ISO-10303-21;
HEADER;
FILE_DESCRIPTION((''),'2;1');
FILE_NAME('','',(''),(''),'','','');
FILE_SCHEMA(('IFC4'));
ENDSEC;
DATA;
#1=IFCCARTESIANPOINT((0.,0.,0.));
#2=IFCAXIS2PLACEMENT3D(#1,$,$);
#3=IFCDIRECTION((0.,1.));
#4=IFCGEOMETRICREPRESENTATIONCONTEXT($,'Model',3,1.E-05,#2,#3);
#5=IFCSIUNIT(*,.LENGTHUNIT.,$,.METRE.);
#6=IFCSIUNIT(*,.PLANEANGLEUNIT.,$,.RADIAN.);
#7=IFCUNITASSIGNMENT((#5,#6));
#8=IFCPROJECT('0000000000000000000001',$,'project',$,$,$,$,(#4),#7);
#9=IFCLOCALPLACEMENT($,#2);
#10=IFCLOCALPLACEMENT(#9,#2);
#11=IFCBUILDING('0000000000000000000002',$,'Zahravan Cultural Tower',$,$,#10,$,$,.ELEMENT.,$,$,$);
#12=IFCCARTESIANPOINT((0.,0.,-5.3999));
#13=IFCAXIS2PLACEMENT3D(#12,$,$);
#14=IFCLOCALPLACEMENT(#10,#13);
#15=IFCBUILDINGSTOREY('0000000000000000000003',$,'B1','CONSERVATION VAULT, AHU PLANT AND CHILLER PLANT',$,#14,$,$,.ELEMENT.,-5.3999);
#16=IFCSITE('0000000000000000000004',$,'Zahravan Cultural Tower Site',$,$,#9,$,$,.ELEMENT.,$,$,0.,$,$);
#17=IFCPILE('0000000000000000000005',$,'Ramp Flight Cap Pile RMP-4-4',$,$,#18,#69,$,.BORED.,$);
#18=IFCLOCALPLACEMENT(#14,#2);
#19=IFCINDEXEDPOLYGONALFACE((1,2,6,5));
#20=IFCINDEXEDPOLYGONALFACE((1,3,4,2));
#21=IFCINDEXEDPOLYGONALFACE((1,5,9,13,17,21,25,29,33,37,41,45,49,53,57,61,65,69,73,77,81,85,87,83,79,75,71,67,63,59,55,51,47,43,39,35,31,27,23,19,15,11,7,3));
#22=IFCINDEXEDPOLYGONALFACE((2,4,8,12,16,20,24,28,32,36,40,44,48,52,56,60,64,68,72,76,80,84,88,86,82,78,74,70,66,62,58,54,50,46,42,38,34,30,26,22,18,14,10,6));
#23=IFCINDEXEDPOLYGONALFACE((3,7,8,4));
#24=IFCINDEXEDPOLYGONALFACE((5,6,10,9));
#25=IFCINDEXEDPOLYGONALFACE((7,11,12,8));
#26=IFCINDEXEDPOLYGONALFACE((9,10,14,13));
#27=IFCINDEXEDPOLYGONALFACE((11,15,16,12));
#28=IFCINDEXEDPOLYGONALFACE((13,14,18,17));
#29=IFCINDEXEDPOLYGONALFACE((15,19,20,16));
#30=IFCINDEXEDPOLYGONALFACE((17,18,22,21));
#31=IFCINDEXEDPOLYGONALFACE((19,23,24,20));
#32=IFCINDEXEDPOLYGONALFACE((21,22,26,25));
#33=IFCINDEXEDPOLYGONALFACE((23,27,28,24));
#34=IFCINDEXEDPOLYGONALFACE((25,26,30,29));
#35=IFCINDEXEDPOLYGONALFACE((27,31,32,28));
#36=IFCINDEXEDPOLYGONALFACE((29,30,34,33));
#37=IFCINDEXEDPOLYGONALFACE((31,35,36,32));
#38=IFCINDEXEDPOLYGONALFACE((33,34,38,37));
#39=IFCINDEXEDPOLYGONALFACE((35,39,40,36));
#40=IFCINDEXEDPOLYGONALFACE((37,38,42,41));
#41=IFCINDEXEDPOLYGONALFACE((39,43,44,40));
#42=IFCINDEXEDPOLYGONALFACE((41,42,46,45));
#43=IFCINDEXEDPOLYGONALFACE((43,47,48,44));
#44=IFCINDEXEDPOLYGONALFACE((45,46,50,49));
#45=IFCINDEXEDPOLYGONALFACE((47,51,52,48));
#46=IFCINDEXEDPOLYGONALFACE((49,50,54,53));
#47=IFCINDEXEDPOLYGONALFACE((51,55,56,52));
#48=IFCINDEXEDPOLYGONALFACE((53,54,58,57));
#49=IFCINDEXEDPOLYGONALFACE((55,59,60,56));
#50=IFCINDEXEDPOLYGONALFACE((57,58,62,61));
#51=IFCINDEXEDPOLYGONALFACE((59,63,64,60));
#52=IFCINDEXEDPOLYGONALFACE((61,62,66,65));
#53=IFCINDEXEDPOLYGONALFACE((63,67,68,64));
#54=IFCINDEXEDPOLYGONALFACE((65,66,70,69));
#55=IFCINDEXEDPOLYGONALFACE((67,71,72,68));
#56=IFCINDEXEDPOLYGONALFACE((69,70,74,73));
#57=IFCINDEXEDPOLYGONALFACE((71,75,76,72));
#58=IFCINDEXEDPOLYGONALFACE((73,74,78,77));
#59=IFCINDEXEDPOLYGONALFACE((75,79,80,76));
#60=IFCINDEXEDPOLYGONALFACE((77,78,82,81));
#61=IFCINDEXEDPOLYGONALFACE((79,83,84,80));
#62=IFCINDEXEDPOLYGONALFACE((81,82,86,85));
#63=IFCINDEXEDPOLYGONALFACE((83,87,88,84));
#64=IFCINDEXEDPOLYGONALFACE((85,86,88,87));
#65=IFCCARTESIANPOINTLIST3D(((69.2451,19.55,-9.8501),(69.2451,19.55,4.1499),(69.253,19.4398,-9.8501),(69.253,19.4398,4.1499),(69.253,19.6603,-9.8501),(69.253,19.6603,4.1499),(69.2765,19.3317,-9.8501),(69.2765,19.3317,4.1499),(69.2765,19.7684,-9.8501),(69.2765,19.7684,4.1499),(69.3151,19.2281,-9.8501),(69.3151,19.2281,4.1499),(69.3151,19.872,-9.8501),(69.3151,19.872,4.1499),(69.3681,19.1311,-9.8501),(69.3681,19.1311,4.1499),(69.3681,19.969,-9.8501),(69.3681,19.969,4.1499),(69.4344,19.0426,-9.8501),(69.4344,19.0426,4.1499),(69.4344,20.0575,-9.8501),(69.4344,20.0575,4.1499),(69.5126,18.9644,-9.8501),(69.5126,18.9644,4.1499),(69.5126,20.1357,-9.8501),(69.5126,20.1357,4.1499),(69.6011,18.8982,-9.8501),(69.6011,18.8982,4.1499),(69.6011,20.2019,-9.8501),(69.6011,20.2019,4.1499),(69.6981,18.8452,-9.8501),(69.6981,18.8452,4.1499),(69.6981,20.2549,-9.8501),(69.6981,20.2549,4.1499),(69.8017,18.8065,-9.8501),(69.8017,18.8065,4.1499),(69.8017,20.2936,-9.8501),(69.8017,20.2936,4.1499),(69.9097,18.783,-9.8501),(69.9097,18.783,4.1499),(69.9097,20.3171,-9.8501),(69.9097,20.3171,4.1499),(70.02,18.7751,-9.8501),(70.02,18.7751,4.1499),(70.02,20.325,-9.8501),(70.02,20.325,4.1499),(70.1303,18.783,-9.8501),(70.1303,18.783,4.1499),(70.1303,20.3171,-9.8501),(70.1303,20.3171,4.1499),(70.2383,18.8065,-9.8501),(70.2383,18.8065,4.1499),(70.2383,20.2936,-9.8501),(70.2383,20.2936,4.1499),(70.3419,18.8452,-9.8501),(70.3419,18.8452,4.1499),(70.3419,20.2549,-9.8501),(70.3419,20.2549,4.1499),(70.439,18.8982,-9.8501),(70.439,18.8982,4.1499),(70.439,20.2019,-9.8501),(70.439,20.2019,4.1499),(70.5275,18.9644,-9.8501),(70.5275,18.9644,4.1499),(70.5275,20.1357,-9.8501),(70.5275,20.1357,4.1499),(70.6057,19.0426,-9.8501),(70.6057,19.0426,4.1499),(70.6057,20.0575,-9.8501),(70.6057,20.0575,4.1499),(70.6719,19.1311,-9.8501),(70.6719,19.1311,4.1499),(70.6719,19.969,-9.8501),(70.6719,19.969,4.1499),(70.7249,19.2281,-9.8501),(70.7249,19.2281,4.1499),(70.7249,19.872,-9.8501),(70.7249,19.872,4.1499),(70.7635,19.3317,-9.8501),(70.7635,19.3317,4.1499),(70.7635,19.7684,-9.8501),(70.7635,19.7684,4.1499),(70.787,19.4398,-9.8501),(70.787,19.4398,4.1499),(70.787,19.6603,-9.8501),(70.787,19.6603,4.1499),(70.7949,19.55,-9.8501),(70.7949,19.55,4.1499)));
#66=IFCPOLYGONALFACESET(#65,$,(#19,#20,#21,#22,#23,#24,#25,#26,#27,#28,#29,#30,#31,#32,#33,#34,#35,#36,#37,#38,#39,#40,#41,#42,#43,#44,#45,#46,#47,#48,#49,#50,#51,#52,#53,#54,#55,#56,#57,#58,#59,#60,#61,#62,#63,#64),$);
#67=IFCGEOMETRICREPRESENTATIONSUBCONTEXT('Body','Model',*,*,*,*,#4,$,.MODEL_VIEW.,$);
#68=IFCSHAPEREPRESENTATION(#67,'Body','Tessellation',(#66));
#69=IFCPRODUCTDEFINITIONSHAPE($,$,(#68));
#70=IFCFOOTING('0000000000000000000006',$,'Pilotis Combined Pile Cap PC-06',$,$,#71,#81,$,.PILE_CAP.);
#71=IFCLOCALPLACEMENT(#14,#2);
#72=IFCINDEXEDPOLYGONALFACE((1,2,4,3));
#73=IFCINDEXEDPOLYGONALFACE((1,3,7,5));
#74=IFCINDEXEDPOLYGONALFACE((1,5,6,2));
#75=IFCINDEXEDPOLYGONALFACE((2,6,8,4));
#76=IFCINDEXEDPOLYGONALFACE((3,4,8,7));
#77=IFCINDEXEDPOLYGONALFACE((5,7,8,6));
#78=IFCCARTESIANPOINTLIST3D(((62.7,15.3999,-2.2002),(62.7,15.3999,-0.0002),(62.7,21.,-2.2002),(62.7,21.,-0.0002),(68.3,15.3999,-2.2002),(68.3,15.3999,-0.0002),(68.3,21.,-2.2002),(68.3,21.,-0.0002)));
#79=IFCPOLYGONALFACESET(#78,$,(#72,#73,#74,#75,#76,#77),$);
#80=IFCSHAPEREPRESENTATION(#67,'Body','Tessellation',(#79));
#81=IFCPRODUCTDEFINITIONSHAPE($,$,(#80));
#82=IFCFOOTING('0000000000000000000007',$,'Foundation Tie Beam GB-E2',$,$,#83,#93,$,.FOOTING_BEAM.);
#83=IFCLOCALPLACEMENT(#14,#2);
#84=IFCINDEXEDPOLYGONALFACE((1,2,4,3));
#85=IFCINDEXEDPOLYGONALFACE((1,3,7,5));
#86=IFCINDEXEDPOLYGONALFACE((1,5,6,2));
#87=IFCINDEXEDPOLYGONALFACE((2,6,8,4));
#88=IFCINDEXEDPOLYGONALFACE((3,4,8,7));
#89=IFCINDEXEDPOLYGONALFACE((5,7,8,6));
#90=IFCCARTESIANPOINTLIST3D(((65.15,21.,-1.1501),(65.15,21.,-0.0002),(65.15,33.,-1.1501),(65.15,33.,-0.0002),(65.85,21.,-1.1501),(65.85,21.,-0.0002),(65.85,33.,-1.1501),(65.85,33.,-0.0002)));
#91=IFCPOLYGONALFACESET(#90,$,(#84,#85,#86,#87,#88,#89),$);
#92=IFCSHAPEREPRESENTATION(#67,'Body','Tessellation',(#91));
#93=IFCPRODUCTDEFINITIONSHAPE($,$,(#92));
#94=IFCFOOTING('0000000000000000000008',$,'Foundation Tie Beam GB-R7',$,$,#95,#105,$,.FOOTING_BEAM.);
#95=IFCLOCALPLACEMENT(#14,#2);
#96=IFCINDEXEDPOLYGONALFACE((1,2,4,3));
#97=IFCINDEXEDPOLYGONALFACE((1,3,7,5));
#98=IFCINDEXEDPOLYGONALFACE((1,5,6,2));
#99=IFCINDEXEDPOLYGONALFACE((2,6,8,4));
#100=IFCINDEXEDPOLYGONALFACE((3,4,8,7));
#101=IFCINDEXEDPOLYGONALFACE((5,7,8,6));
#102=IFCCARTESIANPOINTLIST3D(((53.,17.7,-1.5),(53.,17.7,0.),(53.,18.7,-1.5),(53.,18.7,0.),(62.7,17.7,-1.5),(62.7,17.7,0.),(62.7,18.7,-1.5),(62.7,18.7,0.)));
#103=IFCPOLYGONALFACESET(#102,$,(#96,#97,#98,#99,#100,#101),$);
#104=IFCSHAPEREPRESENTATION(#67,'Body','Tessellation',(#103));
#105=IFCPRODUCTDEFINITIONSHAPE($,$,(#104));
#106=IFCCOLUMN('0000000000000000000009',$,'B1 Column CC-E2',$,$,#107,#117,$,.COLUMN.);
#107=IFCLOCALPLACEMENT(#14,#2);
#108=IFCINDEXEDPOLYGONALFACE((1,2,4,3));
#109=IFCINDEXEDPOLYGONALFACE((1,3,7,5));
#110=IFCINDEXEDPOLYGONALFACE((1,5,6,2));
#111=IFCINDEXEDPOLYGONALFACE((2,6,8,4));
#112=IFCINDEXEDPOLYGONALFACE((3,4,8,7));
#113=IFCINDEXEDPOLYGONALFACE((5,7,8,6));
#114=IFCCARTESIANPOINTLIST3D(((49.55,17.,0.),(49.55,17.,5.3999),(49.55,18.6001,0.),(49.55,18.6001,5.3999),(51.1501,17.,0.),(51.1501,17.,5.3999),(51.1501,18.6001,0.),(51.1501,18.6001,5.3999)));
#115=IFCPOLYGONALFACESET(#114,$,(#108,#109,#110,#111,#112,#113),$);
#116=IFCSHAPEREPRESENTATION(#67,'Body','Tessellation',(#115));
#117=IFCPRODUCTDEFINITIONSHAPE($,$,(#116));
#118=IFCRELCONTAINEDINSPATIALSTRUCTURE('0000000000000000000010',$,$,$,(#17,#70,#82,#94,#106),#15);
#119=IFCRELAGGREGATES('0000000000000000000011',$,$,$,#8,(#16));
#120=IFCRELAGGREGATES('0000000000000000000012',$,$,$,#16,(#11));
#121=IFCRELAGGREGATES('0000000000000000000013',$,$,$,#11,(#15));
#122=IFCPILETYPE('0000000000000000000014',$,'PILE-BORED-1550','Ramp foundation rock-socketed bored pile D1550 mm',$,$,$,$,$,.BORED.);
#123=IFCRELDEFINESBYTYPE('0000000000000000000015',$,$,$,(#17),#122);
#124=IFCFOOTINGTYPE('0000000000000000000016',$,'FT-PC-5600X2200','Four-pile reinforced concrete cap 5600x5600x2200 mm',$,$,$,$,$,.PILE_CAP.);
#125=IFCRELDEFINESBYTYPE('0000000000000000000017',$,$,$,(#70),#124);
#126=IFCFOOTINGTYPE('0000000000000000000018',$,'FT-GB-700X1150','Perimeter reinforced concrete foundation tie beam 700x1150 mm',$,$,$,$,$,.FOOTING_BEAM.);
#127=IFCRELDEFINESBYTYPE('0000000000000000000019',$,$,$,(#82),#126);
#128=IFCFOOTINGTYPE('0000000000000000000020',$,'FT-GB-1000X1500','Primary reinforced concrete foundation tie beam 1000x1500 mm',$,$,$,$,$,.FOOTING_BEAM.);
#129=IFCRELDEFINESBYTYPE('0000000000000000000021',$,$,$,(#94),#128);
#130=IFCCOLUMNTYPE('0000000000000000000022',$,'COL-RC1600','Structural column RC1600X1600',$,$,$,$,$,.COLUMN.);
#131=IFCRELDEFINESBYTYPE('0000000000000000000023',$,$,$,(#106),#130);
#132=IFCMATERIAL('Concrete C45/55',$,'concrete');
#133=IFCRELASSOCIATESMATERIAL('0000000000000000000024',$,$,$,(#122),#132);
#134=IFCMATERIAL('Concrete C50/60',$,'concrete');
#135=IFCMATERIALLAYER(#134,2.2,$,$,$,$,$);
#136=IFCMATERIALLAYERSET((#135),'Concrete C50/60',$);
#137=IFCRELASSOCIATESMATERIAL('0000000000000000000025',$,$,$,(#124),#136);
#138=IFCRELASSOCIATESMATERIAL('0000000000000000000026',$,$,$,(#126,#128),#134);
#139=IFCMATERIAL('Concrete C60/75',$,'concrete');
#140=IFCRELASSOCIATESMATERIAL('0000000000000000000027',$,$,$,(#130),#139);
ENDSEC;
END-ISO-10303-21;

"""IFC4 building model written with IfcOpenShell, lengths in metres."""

from ifc_helpers import new_model, si_unit, direction, frame, origin, origin_2d, place, context, subcontext, project, spatial, rectangle, circle, extrude, source, transform, mapped, material, layer, layer_set, material_profile, profile_set, type_object, element, save


model = new_model("IFC4")

# Units and contexts
model_context = context("Model", 3, precision=1e-05, world=origin(), true_north=direction((0.0, 1.0)))
body_context = subcontext(model_context, "Body", "Model", "MODEL_VIEW")
ifc_project = project(units=[si_unit("LENGTHUNIT", "METRE"), si_unit("PLANEANGLEUNIT", "RADIAN")], contexts=[model_context])

# Site, building, storey
site_placement = place(None, origin())
site = spatial("IfcSite", under=ifc_project, at=site_placement, Name="Zahravan Cultural Tower Site", CompositionType="ELEMENT", RefElevation=0.0)
building_placement = place(site_placement, origin())
building = spatial("IfcBuilding", under=site, at=building_placement, Name="Zahravan Cultural Tower", CompositionType="ELEMENT")
storey_placement = place(building_placement, frame((0.0, 0.0, -5.3999)))
storey = spatial("IfcBuildingStorey", under=building, at=storey_placement, Name="B1", Description="CONSERVATION VAULT, AHU PLANT AND CHILLER PLANT", CompositionType="ELEMENT", Elevation=-5.3999)

# Pile
ifc_material_1 = material(Name="Concrete C45/55", Category="concrete")
ifc_material_profile_1 = material_profile(ifc_material_1, circle(Radius=0.7749, at=origin_2d()), Name="PILE-D1550")
ifc_profile_set_1 = profile_set([ifc_material_profile_1], Name="Concrete C45/55")
pile_type_1 = type_object("IfcPileType", Name="PILE-BORED-1550", Description="Ramp foundation rock-socketed bored pile D1550 mm", PredefinedType="BORED", material=ifc_profile_set_1)
pile_placement = place(storey_placement, frame((70.02, 19.55, 4.1499), z_axis=(0.0, 0.0, -1.0), x_axis=(1.0, 0.0, 0.0)))
element("IfcPile", 1, at=pile_placement, inside=storey, type_object=pile_type_1, Name="Ramp Flight Cap Pile RMP-4-4", PredefinedType="BORED", context=body_context, shape_type="SweptSolid", body=[
    extrude(circle(Radius=0.7749, at=origin_2d()), origin(), (0.0, 0.0, 1.0), 14.0),
])

# Footings
ifc_material_2 = material(Name="Concrete C50/60", Category="concrete")
ifc_layer_1 = layer(ifc_material_2, 2.2)
ifc_layer_set_1 = layer_set([ifc_layer_1], Name="Concrete C50/60")
footing_type_1 = type_object("IfcFootingType", Name="FT-PC-5600X2200", Description="Four-pile reinforced concrete cap 5600x5600x2200 mm", PredefinedType="PILE_CAP", material=ifc_layer_set_1)
shared_shape_1 = source(origin(), body_context, "Body", "SweptSolid", [
    extrude(rectangle(XDim=5.6001, YDim=5.6001, at=origin_2d()), origin(), (0.0, 0.0, 1.0), 2.2),
])
footing_1_placement = place(storey_placement, frame((65.5, 18.2, -2.2002), z_axis=(0.0, 0.0, 1.0), x_axis=(1.0, 0.0, 0.0)))
element("IfcFooting", 2, at=footing_1_placement, inside=storey, type_object=footing_type_1, Name="Pilotis Combined Pile Cap PC-06", PredefinedType="PILE_CAP", context=body_context, shape_type="MappedRepresentation", body=[
    mapped(shared_shape_1, transform((0.0, 0.0, 0.0), x_axis=(1.0, 0.0, 0.0), y_axis=(0.0, 1.0, 0.0), z_axis=(0.0, 0.0, 1.0), scale=1.0)),
])
ifc_material_profile_2 = material_profile(ifc_material_2, rectangle(XDim=0.7, YDim=1.1499, at=origin_2d()), Name="RC700X1150")
ifc_profile_set_2 = profile_set([ifc_material_profile_2], Name="Concrete C50/60")
footing_type_2 = type_object("IfcFootingType", Name="FT-GB-700X1150", Description="Perimeter reinforced concrete foundation tie beam 700x1150 mm", PredefinedType="FOOTING_BEAM", material=ifc_profile_set_2)
shared_shape_2 = source(origin(), body_context, "Body", "SweptSolid", [
    extrude(rectangle(XDim=0.7, YDim=1.1499, at=origin_2d()), origin(), (0.0, 0.0, 1.0), 12.0),
])
footing_2_placement = place(storey_placement, frame((65.5, 21.0, -0.5752), z_axis=(0.0, 1.0, 0.0), x_axis=(-1.0, 0.0, 0.0)))
element("IfcFooting", 3, at=footing_2_placement, inside=storey, type_object=footing_type_2, Name="Foundation Tie Beam GB-E2", PredefinedType="FOOTING_BEAM", context=body_context, shape_type="MappedRepresentation", body=[
    mapped(shared_shape_2, transform((0.0, 0.0, 0.0), x_axis=(1.0, 0.0, 0.0), y_axis=(0.0, 1.0, 0.0), z_axis=(0.0, 0.0, 1.0), scale=1.0)),
])
ifc_material_profile_3 = material_profile(ifc_material_2, rectangle(XDim=1.0, YDim=1.5, at=origin_2d()), Name="RC1000X1500")
ifc_profile_set_3 = profile_set([ifc_material_profile_3], Name="Concrete C50/60")
footing_type_3 = type_object("IfcFootingType", Name="FT-GB-1000X1500", Description="Primary reinforced concrete foundation tie beam 1000x1500 mm", PredefinedType="FOOTING_BEAM", material=ifc_profile_set_3)
shared_shape_3 = source(origin(), body_context, "Body", "SweptSolid", [
    extrude(rectangle(XDim=1.0, YDim=1.5, at=origin_2d()), origin(), (0.0, 0.0, 1.0), 9.7),
])
footing_3_placement = place(storey_placement, frame((53.0, 18.2, -0.75), z_axis=(1.0, 0.0, 0.0), x_axis=(0.0, 1.0, 0.0)))
element("IfcFooting", 4, at=footing_3_placement, inside=storey, type_object=footing_type_3, Name="Foundation Tie Beam GB-R7", PredefinedType="FOOTING_BEAM", context=body_context, shape_type="MappedRepresentation", body=[
    mapped(shared_shape_3, transform((0.0, 0.0, 0.0), x_axis=(1.0, 0.0, 0.0), y_axis=(0.0, 1.0, 0.0), z_axis=(0.0, 0.0, 1.0), scale=1.0)),
])

# Column
ifc_material_3 = material(Name="Concrete C60/75", Category="concrete")
ifc_material_profile_4 = material_profile(ifc_material_3, rectangle(XDim=1.6001, YDim=1.6001, at=origin_2d()), Name="RC1600X1600")
ifc_profile_set_4 = profile_set([ifc_material_profile_4], Name="Concrete C60/75")
column_type_1 = type_object("IfcColumnType", Name="COL-RC1600", Description="Structural column RC1600X1600", PredefinedType="COLUMN", material=ifc_profile_set_4)
shared_shape_4 = source(origin(), body_context, "Body", "SweptSolid", [
    extrude(rectangle(XDim=1.6001, YDim=1.6001, at=origin_2d()), origin(), (0.0, 0.0, 1.0), 5.3999),
])
column_1_placement = place(storey_placement, frame((50.3501, 17.8, 0.0), z_axis=(0.0, 0.0, 1.0), x_axis=(1.0, 0.0, 0.0)))
element("IfcColumn", 5, at=column_1_placement, inside=storey, type_object=column_type_1, Name="B1 Column CC-E2", PredefinedType="COLUMN", context=body_context, shape_type="MappedRepresentation", body=[
    mapped(shared_shape_4, transform((0.0, 0.0, 0.0), x_axis=(1.0, 0.0, 0.0), y_axis=(0.0, 1.0, 0.0), z_axis=(0.0, 0.0, 1.0), scale=1.0)),
])

save(model, "model.ifc")
